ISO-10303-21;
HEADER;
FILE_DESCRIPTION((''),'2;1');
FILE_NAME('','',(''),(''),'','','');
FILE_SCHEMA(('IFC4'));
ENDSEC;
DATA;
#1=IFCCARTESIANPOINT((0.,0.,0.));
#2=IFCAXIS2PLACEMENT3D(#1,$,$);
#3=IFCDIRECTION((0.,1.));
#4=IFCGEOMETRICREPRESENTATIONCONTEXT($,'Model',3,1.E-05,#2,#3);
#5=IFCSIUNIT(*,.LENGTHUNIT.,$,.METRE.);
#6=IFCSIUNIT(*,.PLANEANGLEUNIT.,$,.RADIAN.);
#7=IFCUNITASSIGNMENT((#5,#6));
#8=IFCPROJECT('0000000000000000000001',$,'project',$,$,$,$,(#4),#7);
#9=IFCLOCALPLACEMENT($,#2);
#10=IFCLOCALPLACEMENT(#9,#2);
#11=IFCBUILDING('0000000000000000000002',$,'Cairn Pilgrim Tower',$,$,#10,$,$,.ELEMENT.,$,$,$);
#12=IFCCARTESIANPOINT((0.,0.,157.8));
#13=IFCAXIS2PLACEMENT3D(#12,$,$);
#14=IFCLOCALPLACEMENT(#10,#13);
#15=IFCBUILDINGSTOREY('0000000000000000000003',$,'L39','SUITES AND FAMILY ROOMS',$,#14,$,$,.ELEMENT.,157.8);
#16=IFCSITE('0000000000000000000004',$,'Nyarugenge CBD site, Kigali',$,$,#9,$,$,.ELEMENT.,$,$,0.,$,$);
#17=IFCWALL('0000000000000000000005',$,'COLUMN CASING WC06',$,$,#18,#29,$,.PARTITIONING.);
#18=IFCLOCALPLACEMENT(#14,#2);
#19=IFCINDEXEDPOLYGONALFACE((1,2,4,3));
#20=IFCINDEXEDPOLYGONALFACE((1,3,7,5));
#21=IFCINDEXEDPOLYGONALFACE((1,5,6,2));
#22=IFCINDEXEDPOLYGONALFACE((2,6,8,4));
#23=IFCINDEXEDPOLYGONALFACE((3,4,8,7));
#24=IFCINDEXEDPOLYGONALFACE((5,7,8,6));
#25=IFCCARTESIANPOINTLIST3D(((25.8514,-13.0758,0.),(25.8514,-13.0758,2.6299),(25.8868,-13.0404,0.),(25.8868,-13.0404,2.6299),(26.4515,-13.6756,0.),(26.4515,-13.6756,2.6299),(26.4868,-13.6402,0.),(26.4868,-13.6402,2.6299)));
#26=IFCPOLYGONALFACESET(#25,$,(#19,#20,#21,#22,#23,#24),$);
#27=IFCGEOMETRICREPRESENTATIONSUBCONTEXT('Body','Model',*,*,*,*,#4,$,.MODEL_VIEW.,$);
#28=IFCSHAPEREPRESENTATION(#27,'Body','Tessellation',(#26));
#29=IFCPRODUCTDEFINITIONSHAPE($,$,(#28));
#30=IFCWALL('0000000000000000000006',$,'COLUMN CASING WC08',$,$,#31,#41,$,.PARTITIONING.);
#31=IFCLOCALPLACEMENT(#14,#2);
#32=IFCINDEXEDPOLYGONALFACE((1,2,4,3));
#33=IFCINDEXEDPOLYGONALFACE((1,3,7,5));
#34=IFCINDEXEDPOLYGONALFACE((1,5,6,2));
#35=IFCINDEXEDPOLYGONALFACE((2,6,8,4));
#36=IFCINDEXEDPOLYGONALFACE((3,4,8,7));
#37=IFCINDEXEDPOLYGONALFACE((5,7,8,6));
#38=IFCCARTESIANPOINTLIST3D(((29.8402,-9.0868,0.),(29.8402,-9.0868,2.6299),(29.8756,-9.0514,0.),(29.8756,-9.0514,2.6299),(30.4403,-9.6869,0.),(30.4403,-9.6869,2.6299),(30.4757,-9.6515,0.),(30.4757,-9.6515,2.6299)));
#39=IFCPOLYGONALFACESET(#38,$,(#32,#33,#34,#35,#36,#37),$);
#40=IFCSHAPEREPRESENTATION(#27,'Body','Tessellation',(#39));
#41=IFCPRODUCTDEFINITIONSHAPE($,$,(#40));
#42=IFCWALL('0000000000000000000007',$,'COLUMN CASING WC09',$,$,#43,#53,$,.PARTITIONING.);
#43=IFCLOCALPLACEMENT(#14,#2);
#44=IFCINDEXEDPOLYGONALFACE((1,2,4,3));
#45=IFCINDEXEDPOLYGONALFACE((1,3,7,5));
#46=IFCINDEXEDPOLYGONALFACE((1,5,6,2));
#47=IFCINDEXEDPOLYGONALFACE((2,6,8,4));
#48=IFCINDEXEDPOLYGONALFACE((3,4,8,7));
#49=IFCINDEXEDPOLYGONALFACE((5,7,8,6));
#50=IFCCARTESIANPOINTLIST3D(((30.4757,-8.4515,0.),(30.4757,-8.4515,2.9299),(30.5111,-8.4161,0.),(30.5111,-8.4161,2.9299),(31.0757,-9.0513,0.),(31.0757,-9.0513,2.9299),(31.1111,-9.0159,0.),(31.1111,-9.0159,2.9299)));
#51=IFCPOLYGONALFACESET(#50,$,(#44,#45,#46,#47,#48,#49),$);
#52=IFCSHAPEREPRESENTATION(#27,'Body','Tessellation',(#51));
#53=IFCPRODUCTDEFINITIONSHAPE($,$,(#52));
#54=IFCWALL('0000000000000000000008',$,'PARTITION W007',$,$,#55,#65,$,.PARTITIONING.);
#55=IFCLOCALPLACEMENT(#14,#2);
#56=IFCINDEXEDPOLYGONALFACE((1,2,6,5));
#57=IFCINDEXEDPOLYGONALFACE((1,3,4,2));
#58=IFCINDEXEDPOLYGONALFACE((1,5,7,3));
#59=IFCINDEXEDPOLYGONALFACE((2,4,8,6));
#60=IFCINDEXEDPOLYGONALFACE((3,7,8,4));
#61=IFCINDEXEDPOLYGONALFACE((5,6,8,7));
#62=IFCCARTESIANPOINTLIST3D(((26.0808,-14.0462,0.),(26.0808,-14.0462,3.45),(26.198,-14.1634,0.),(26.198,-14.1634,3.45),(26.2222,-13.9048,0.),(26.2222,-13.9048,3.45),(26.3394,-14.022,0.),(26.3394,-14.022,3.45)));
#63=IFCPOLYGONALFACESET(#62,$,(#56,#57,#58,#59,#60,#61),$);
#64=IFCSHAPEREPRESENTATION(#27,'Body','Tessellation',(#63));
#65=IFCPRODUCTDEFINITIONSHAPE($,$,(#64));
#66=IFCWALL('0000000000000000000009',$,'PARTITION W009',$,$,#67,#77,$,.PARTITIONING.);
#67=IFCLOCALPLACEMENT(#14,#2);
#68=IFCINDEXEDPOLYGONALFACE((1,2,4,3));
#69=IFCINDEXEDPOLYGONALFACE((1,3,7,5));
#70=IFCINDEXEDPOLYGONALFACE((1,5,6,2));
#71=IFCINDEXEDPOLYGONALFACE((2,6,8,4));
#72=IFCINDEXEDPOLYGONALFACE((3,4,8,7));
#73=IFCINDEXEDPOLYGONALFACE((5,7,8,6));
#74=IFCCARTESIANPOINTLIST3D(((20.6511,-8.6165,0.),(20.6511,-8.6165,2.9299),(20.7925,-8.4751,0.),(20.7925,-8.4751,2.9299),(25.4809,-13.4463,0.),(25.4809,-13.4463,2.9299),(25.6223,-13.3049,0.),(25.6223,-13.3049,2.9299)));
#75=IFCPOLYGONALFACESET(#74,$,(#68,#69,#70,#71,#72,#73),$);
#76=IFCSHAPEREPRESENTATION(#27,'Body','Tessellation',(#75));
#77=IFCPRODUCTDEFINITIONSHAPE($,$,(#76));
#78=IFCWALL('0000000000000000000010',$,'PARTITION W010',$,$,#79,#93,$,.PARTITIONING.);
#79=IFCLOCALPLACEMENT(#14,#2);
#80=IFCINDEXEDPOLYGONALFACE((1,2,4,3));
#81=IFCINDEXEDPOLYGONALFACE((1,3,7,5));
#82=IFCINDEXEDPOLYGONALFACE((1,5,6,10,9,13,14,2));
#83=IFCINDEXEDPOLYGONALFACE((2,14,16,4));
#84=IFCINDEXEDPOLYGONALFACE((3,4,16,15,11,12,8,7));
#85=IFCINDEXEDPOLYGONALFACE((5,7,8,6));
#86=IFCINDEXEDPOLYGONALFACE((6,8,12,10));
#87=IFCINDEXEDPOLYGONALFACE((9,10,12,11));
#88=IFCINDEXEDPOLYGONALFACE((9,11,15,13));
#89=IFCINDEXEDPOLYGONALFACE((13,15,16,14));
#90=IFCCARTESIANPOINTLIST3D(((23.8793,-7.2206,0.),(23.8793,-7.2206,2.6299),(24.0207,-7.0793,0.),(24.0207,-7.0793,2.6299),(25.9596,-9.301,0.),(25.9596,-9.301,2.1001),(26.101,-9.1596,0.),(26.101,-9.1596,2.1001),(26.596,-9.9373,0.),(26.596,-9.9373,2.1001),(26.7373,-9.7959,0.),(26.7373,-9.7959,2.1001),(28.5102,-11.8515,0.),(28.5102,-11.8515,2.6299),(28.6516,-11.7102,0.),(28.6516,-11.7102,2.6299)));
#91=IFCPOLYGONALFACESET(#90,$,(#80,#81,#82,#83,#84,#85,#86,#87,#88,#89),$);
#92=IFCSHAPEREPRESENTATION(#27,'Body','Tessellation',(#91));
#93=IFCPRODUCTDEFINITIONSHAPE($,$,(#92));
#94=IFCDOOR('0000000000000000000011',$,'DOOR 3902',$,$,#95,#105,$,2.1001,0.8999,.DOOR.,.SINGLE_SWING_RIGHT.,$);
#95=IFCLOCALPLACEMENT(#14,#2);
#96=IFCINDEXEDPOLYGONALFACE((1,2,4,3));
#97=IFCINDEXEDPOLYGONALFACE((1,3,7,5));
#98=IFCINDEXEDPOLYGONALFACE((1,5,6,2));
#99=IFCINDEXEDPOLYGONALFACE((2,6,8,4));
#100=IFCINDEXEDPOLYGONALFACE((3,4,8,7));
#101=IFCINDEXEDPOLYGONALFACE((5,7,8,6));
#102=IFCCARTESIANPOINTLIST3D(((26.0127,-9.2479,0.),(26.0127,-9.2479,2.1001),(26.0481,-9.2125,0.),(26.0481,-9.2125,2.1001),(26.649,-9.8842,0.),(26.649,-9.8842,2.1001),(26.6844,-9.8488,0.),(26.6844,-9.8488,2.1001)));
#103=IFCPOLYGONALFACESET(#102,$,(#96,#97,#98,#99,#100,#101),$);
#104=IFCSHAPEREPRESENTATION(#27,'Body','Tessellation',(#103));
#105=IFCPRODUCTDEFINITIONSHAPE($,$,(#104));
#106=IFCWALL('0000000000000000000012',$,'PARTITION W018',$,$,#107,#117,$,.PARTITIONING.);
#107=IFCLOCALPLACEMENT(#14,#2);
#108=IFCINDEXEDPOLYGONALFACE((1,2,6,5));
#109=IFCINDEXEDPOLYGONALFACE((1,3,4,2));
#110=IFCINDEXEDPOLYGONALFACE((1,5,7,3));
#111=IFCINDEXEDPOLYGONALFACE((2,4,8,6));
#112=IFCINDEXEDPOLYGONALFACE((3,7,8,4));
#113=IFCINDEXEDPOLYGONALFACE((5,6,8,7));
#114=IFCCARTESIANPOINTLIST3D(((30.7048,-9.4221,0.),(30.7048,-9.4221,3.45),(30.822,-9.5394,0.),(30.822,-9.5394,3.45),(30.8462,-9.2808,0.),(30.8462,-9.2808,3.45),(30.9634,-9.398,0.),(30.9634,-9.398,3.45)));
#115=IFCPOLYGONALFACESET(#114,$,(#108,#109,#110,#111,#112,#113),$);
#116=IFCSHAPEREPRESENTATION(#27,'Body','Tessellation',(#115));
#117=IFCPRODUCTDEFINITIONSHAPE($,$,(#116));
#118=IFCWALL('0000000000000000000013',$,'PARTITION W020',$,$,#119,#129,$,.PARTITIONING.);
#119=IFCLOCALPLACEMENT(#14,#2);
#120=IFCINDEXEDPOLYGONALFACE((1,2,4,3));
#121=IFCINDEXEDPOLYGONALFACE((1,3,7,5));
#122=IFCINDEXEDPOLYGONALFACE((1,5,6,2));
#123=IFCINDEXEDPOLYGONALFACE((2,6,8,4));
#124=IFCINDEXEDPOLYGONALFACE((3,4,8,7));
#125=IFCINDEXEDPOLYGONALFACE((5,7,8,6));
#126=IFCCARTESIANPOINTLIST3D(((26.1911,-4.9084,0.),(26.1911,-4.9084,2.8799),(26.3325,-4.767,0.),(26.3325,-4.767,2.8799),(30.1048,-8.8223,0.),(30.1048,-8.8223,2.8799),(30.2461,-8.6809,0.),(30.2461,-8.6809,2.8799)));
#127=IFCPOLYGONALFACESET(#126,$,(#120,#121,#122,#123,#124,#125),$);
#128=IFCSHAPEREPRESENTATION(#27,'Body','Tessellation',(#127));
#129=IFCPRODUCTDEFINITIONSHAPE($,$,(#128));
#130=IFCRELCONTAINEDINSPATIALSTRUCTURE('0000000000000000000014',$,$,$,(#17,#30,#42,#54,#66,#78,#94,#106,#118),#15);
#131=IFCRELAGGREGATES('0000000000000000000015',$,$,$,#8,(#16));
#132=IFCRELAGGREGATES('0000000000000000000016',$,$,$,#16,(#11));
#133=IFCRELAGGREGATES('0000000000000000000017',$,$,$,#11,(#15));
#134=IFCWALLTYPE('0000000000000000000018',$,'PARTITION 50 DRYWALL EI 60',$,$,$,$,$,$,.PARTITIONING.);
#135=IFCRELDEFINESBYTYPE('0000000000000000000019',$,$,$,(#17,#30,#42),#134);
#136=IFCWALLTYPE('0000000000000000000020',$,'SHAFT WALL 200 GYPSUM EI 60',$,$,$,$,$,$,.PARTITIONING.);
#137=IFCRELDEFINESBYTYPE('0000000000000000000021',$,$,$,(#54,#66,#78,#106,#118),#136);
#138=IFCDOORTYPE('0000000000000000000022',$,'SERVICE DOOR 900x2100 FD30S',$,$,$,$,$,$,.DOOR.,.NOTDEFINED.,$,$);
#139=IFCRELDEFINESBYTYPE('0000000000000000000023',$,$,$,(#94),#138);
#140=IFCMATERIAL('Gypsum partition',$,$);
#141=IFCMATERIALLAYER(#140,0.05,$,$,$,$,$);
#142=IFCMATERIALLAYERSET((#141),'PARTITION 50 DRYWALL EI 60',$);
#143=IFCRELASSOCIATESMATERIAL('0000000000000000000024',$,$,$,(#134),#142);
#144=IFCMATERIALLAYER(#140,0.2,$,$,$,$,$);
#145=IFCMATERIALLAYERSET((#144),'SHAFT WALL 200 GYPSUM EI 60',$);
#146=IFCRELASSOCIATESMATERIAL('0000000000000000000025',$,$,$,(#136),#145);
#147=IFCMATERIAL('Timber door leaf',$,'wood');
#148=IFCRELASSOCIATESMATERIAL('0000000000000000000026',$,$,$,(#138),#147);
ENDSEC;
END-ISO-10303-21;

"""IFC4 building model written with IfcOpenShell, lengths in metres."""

from ifc_helpers import new_model, si_unit, direction, frame, frame_2d, origin, place, context, subcontext, project, spatial, rectangle, extrude, material, layer, layer_set, type_object, element, fill, save


model = new_model("IFC4")

# Units and contexts
model_context = context("Model", 3, precision=1e-05, world=origin(), true_north=direction((0.0, 1.0)))
body_context = subcontext(model_context, "Body", "Model", "MODEL_VIEW")
ifc_project = project(units=[si_unit("LENGTHUNIT", "METRE"), si_unit("PLANEANGLEUNIT", "RADIAN")], contexts=[model_context])

# Site, building, storey
site_placement = place(None, origin())
site = spatial("IfcSite", under=ifc_project, at=site_placement, Name="Nyarugenge CBD site, Kigali", CompositionType="ELEMENT", RefElevation=0.0)
building_placement = place(site_placement, origin())
building = spatial("IfcBuilding", under=site, at=building_placement, Name="Cairn Pilgrim Tower", CompositionType="ELEMENT")
storey_placement = place(building_placement, frame((0.0, 0.0, 157.8)))
storey = spatial("IfcBuildingStorey", under=building, at=storey_placement, Name="L39", Description="SUITES AND FAMILY ROOMS", CompositionType="ELEMENT", Elevation=157.8)

# Walls
ifc_material_1 = material(Name="Gypsum partition")
ifc_layer_1 = layer(ifc_material_1, 0.05)
ifc_layer_set_1 = layer_set([ifc_layer_1], Name="PARTITION 50 DRYWALL EI 60")
wall_type_1 = type_object("IfcWallType", Name="PARTITION 50 DRYWALL EI 60", PredefinedType="PARTITIONING", material=ifc_layer_set_1)
wall_1_placement = place(storey_placement, frame((26.4692, -13.658, 0.0), z_axis=(0.0, 0.0, 1.0), x_axis=(-0.707251, 0.706963, 0.0)))
element("IfcWall", 1, at=wall_1_placement, inside=storey, type_object=wall_type_1, Name="COLUMN CASING WC06", PredefinedType="PARTITIONING", context=body_context, shape_type="SweptSolid", body=[
    extrude(rectangle(XDim=0.8484, YDim=0.05, at=frame_2d((0.4243, 0.0))), origin(), (0.0, 0.0, 1.0), 2.6299),
])
wall_2_placement = place(storey_placement, frame((30.458, -9.6692, 0.0), z_axis=(0.0, 0.0, 1.0), x_axis=(-0.707107, 0.707107, 0.0)))
element("IfcWall", 2, at=wall_2_placement, inside=storey, type_object=wall_type_1, Name="COLUMN CASING WC08", PredefinedType="PARTITIONING", context=body_context, shape_type="SweptSolid", body=[
    extrude(rectangle(XDim=0.8486, YDim=0.05, at=frame_2d((0.4243, 0.0))), origin(), (0.0, 0.0, 1.0), 2.6299),
])
wall_3_placement = place(storey_placement, frame((31.0935, -9.0337, 0.0), z_axis=(0.0, 0.0, 1.0), x_axis=(-0.707251, 0.706963, 0.0)))
element("IfcWall", 3, at=wall_3_placement, inside=storey, type_object=wall_type_1, Name="COLUMN CASING WC09", PredefinedType="PARTITIONING", context=body_context, shape_type="SweptSolid", body=[
    extrude(rectangle(XDim=0.8484, YDim=0.05, at=frame_2d((0.4243, 0.0))), origin(), (0.0, 0.0, 1.0), 2.9299),
])
ifc_layer_2 = layer(ifc_material_1, 0.2)
ifc_layer_set_2 = layer_set([ifc_layer_2], Name="SHAFT WALL 200 GYPSUM EI 60")
wall_type_2 = type_object("IfcWallType", Name="SHAFT WALL 200 GYPSUM EI 60", PredefinedType="PARTITIONING", material=ifc_layer_set_2)
wall_4_placement = place(storey_placement, frame((26.2688, -14.0928, 0.0), z_axis=(0.0, 0.0, 1.0), x_axis=(-0.707107, 0.707107, 0.0)))
element("IfcWall", 4, at=wall_4_placement, inside=storey, type_object=wall_type_2, Name="PARTITION W007", PredefinedType="PARTITIONING", context=body_context, shape_type="SweptSolid", body=[
    extrude(rectangle(XDim=0.1658, YDim=0.2, at=frame_2d((0.083, 0.0))), origin(), (0.0, 0.0, 1.0), 3.45),
])
wall_5_placement = place(storey_placement, frame((25.5515, -13.3755, 0.0), z_axis=(0.0, 0.0, 1.0), x_axis=(-0.707107, 0.707107, 0.0)))
element("IfcWall", 5, at=wall_5_placement, inside=storey, type_object=wall_type_2, Name="PARTITION W009", PredefinedType="PARTITIONING", context=body_context, shape_type="SweptSolid", body=[
    extrude(rectangle(XDim=6.8303, YDim=0.2, at=frame_2d((3.415, 0.0))), origin(), (0.0, 0.0, 1.0), 2.9299),
])

# Wall, opening, door
wall_6_placement = place(storey_placement, frame((28.5808, -11.7808, 0.0), z_axis=(0.0, 0.0, 1.0), x_axis=(-0.707107, 0.707107, 0.0)))
wall_6 = element("IfcWall", 6, at=wall_6_placement, inside=storey, type_object=wall_type_2, Name="PARTITION W010", PredefinedType="PARTITIONING", context=body_context, shape_type="SweptSolid", body=[
    extrude(rectangle(XDim=6.5491, YDim=0.2, at=frame_2d((3.2744, 0.0))), origin(), (0.0, 0.0, 1.0), 2.6299),
])
opening_1_placement = place(wall_6_placement, frame((2.707, 0.0, 0.0)))
opening_1 = element("IfcOpeningElement", 7, at=opening_1_placement, cuts=wall_6, PredefinedType="OPENING", context=body_context, shape_type="SweptSolid", body=[
    extrude(rectangle(XDim=0.8999, YDim=2.1001, at=frame_2d((0.45, 1.05))), frame((0.0, 0.1099, 0.0), z_axis=(0.0, -1.0, 0.0), x_axis=(1.0, 0.0, 0.0)), (0.0, 0.0, 1.0), 0.22),
])
ifc_material_2 = material(Name="Timber door leaf", Category="wood")
door_type_1 = type_object("IfcDoorType", Name="SERVICE DOOR 900x2100 FD30S", OperationType="NOTDEFINED", PredefinedType="DOOR", material=ifc_material_2)
door_1_placement = place(opening_1_placement, origin())
door_1 = element("IfcDoor", 8, at=door_1_placement, inside=storey, type_object=door_type_1, Name="DOOR 3902", OperationType="SINGLE_SWING_RIGHT", OverallHeight=2.1001, OverallWidth=0.8999, PredefinedType="DOOR", context=body_context, shape_type="SweptSolid", body=[
    extrude(rectangle(XDim=0.8999, YDim=2.1001, at=frame_2d((0.45, 1.05))), frame((0.0, 0.0249, 0.0), z_axis=(0.0, -1.0, 0.0), x_axis=(1.0, 0.0, 0.0)), (0.0, 0.0, 1.0), 0.05),
])
fill(opening_1, door_1)

# Walls
wall_7_placement = place(storey_placement, frame((30.8928, -9.4688, 0.0), z_axis=(0.0, 0.0, 1.0), x_axis=(-0.707107, 0.707107, 0.0)))
element("IfcWall", 9, at=wall_7_placement, inside=storey, type_object=wall_type_2, Name="PARTITION W018", PredefinedType="PARTITIONING", context=body_context, shape_type="SweptSolid", body=[
    extrude(rectangle(XDim=0.1658, YDim=0.2, at=frame_2d((0.083, 0.0))), origin(), (0.0, 0.0, 1.0), 3.45),
])
wall_8_placement = place(storey_placement, frame((30.1755, -8.7517, 0.0), z_axis=(0.0, 0.0, 1.0), x_axis=(-0.707085, 0.707129, 0.0)))
element("IfcWall", 10, at=wall_8_placement, inside=storey, type_object=wall_type_2, Name="PARTITION W020", PredefinedType="PARTITIONING", context=body_context, shape_type="SweptSolid", body=[
    extrude(rectangle(XDim=5.5349, YDim=0.2, at=frame_2d((2.7676, 0.0))), origin(), (0.0, 0.0, 1.0), 2.8799),
])

save(model, "model.ifc")
